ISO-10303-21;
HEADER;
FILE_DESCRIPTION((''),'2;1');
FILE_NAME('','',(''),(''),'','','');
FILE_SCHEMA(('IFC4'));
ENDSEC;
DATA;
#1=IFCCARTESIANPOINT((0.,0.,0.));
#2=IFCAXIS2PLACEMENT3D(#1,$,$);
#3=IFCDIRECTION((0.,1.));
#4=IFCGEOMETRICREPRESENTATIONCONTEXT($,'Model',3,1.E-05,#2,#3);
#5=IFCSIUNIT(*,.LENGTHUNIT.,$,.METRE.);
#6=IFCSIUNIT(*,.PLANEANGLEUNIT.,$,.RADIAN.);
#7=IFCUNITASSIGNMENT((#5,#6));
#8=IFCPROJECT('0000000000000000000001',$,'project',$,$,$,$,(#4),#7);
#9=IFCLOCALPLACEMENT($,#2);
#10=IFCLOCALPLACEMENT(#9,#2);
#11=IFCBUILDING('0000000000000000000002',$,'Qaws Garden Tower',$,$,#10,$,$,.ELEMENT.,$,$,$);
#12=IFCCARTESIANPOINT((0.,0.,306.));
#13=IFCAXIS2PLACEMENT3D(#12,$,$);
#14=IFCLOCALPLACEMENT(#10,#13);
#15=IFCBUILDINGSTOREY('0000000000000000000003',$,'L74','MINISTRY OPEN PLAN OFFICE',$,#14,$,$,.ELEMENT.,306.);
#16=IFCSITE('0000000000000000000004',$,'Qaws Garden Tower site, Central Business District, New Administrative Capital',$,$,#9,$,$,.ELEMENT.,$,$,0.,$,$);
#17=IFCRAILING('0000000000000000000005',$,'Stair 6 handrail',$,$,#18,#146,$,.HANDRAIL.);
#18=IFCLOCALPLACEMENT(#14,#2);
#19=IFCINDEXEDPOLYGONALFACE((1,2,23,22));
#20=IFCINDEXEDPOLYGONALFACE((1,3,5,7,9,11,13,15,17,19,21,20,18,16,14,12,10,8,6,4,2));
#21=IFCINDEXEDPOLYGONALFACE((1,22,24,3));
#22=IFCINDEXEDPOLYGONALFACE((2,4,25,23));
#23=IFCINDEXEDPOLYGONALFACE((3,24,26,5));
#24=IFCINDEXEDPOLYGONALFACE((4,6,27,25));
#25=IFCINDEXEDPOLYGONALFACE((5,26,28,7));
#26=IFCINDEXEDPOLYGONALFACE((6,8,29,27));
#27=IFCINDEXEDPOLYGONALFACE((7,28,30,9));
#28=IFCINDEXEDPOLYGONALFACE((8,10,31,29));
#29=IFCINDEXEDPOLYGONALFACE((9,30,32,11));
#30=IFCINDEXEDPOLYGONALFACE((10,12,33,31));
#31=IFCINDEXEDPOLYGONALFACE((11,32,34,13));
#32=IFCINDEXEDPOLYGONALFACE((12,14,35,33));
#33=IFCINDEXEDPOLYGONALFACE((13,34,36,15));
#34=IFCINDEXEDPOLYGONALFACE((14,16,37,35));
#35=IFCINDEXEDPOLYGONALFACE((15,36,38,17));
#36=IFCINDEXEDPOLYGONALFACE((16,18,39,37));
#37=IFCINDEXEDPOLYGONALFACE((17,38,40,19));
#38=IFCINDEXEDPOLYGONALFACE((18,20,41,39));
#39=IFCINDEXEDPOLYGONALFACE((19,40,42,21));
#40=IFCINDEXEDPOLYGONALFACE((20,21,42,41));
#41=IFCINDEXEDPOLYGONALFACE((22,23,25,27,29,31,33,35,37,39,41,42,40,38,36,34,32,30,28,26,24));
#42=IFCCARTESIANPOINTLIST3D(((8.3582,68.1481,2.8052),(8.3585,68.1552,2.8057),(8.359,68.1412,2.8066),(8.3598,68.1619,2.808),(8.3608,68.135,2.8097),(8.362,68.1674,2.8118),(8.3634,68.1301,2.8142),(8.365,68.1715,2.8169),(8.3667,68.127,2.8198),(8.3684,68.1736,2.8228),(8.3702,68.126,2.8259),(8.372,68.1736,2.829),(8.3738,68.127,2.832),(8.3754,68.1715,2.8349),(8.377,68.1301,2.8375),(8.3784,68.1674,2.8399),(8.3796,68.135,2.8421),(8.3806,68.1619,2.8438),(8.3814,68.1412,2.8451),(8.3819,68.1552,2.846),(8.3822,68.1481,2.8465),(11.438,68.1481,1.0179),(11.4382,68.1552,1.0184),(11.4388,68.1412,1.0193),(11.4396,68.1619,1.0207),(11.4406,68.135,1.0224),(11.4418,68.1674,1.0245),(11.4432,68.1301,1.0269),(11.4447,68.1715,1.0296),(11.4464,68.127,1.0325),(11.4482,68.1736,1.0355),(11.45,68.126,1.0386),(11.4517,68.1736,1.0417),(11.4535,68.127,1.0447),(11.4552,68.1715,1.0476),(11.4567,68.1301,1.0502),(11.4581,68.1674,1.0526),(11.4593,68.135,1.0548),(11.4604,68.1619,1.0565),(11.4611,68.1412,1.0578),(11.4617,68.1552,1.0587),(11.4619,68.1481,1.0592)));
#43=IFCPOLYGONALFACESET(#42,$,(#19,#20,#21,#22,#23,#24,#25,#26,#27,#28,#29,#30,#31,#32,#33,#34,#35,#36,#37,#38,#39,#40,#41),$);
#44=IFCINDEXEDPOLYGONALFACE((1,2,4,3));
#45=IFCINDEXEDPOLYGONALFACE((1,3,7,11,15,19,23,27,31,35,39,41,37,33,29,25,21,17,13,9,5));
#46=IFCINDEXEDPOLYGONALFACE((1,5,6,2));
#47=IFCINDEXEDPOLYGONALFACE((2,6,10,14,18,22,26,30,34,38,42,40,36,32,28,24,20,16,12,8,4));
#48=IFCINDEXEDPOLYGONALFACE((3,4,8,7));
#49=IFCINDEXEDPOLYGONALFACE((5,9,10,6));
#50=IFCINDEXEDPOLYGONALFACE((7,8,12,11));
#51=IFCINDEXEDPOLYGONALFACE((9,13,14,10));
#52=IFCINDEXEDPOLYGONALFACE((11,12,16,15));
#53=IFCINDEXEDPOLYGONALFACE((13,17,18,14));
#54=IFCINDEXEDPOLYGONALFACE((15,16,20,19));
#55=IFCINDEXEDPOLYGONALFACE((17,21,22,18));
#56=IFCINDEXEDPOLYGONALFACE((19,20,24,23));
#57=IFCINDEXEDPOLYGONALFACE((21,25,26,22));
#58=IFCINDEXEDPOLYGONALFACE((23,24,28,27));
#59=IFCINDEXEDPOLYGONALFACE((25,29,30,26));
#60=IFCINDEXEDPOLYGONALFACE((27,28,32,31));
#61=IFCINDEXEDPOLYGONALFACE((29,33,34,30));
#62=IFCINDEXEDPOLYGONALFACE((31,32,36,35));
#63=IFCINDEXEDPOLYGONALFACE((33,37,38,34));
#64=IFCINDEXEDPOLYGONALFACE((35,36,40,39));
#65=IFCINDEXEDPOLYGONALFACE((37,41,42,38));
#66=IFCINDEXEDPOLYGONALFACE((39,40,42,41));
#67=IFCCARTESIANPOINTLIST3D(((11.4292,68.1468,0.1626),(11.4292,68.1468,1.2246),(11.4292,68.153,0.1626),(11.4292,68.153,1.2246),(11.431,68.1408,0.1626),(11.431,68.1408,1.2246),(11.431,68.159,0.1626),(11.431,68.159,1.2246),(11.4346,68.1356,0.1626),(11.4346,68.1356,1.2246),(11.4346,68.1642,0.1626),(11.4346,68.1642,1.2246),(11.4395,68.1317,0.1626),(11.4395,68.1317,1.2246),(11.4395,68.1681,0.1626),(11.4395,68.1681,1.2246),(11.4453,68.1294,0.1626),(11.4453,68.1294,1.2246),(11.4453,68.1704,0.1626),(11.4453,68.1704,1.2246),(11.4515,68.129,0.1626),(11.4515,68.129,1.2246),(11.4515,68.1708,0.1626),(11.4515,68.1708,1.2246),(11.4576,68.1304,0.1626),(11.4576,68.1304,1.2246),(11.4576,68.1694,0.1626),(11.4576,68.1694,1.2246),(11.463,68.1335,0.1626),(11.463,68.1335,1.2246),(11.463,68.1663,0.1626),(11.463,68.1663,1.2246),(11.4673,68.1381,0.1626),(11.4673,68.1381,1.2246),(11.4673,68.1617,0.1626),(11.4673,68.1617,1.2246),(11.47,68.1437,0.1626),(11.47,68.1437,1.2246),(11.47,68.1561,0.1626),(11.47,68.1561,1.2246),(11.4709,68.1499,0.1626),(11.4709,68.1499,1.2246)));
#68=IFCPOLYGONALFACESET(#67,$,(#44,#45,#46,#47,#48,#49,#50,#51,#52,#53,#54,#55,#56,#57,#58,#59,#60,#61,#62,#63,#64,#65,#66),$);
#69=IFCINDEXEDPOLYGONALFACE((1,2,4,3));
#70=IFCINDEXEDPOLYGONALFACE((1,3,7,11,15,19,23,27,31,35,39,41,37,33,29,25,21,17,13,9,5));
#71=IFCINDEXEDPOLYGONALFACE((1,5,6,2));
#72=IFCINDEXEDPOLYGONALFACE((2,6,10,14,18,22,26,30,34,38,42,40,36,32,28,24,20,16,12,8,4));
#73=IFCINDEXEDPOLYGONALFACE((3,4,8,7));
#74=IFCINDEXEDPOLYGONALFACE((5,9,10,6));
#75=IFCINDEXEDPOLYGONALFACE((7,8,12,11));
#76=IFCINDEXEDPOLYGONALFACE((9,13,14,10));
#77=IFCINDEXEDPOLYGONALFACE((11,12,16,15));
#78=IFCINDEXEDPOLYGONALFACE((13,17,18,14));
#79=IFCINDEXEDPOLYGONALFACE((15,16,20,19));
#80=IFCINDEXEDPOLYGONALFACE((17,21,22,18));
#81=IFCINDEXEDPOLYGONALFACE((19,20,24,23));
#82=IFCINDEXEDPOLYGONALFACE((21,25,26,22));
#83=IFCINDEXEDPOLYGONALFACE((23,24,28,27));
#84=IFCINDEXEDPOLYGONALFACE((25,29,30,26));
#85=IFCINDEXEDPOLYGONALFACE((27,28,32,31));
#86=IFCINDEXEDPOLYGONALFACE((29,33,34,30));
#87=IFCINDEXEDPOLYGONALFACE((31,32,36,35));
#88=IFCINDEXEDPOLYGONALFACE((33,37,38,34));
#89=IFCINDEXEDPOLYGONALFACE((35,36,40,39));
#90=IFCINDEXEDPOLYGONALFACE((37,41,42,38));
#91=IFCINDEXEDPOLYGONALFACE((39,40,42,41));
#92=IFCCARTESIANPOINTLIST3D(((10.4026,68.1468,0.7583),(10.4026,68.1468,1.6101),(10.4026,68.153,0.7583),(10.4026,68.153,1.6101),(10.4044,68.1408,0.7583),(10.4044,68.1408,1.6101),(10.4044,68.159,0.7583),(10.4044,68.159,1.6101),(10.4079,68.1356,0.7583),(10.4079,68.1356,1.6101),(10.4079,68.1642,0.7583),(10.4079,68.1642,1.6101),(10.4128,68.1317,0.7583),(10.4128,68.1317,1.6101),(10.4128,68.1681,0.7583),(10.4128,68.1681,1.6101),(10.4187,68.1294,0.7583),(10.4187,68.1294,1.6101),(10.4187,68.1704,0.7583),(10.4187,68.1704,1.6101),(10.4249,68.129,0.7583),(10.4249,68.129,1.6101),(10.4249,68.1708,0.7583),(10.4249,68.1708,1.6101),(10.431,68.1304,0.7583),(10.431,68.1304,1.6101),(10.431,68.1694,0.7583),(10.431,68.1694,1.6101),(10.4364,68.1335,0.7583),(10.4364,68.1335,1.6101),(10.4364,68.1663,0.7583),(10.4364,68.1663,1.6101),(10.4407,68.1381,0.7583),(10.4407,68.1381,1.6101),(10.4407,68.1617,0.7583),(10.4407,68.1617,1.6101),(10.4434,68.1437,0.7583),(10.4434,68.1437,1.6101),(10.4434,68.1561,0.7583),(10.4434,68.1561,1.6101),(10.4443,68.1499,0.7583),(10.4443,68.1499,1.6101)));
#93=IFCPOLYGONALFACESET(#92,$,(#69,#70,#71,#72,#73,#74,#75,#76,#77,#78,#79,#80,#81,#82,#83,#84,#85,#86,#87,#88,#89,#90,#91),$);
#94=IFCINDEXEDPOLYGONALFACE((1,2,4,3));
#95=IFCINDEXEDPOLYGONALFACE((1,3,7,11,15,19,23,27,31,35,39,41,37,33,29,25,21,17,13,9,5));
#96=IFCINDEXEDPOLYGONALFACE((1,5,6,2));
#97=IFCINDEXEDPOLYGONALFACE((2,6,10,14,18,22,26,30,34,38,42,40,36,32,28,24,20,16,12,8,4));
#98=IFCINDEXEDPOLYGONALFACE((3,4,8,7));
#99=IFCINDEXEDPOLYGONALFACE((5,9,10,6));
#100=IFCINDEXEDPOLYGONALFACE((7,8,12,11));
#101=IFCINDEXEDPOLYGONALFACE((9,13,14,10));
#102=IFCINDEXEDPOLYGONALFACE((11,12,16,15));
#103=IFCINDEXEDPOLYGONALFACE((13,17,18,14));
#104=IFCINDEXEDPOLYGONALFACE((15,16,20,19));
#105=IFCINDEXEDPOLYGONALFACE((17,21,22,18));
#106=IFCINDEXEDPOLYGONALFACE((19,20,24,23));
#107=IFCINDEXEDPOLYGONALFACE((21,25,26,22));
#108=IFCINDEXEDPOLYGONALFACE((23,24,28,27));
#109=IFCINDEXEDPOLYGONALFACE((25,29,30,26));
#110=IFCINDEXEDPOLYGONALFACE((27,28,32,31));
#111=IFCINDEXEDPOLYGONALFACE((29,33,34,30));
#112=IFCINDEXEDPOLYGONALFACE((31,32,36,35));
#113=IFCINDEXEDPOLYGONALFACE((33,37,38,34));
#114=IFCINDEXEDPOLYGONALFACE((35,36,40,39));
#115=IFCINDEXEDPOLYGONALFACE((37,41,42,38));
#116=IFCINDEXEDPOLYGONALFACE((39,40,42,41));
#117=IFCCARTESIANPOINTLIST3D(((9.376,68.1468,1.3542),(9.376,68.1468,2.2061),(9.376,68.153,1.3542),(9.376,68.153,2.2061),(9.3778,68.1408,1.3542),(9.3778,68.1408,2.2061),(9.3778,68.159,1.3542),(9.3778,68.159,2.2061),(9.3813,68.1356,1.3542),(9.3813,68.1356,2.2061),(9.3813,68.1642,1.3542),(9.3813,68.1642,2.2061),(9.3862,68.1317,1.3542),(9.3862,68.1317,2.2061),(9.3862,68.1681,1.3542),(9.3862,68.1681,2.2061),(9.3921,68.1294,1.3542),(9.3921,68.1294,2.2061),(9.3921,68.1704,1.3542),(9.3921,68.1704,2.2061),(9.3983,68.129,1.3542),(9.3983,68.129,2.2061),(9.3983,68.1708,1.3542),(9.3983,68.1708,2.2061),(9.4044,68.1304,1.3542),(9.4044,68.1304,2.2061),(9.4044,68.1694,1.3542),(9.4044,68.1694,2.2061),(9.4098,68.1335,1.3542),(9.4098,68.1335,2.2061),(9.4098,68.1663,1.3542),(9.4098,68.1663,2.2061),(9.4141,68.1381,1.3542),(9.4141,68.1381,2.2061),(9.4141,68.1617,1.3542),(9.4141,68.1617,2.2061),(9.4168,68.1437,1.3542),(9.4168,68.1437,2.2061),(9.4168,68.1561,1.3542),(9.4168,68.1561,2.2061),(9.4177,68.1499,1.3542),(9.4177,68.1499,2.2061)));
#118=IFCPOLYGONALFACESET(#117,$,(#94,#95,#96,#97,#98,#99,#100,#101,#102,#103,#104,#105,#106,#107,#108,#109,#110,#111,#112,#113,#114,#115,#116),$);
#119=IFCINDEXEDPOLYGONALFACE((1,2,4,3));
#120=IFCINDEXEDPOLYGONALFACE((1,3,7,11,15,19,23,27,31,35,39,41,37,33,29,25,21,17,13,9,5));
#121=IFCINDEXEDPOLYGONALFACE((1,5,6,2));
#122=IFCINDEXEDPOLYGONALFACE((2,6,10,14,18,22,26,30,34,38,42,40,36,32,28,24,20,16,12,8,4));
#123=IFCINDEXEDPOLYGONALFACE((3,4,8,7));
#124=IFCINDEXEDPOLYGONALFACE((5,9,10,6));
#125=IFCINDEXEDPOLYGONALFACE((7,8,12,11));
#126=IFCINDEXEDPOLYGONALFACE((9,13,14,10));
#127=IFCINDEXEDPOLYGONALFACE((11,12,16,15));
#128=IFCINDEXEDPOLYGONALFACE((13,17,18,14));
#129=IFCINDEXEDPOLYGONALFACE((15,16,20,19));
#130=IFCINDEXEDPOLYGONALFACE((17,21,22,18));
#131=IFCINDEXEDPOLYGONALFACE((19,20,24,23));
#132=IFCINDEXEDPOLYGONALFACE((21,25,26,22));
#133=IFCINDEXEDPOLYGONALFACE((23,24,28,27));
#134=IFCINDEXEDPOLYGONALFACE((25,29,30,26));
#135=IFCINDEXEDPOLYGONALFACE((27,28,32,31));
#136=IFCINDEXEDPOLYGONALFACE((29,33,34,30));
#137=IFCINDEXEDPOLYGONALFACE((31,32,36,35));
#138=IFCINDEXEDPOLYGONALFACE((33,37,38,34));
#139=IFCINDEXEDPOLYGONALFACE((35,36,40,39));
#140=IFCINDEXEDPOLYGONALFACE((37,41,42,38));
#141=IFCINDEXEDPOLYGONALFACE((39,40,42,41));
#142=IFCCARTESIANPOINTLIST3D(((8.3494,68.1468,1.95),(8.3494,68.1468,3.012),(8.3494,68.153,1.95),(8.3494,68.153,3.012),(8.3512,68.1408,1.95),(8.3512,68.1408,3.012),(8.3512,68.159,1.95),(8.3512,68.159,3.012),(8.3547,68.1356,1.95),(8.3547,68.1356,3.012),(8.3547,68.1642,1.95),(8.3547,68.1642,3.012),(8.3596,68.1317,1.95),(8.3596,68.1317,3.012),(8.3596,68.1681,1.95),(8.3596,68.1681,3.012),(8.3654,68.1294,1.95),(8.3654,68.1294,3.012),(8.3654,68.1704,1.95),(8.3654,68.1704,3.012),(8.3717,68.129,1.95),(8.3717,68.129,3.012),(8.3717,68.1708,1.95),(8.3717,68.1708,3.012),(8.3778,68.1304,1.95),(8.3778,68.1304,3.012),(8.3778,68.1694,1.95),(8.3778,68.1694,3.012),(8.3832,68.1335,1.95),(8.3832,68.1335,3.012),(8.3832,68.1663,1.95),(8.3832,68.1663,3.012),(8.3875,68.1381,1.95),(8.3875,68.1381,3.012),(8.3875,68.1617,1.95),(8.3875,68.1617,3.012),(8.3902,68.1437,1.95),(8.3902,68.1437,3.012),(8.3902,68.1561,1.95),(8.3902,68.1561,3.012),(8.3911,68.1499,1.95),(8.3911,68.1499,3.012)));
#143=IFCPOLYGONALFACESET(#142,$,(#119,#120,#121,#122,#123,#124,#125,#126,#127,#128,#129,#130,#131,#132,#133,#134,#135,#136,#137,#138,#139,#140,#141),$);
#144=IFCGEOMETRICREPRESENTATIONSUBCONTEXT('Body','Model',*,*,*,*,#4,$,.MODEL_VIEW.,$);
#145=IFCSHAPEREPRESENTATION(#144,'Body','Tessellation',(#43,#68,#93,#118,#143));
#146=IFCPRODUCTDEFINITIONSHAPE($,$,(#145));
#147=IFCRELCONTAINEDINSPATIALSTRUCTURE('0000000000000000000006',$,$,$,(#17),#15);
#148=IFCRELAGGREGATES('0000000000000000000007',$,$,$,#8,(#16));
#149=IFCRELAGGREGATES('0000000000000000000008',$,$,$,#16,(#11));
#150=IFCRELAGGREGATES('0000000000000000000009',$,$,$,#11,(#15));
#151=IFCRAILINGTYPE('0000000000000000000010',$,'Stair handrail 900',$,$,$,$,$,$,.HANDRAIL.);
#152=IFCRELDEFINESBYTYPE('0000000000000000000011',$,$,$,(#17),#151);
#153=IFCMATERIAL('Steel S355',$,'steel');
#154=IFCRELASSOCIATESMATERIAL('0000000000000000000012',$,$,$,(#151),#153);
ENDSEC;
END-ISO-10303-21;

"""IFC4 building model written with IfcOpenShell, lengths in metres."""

from ifc_helpers import new_model, si_unit, direction, frame, origin, origin_2d, place, context, subcontext, project, spatial, circle, extrude, material, type_object, element, save


model = new_model("IFC4")

# Units and contexts
model_context = context("Model", 3, precision=1e-05, world=origin(), true_north=direction((0.0, 1.0)))
body_context = subcontext(model_context, "Body", "Model", "MODEL_VIEW")
ifc_project = project(units=[si_unit("LENGTHUNIT", "METRE"), si_unit("PLANEANGLEUNIT", "RADIAN")], contexts=[model_context])

# Site, building, storey
site_placement = place(None, origin())
site = spatial("IfcSite", under=ifc_project, at=site_placement, Name="Qaws Garden Tower site, Central Business District, New Administrative Capital", CompositionType="ELEMENT", RefElevation=0.0)
building_placement = place(site_placement, origin())
building = spatial("IfcBuilding", under=site, at=building_placement, Name="Qaws Garden Tower", CompositionType="ELEMENT")
storey_placement = place(building_placement, frame((0.0, 0.0, 306.0)))
storey = spatial("IfcBuildingStorey", under=building, at=storey_placement, Name="L74", Description="MINISTRY OPEN PLAN OFFICE", CompositionType="ELEMENT", Elevation=306.0)

# Railing
ifc_material_1 = material(Name="Steel S355", Category="steel")
railing_type = type_object("IfcRailingType", Name="Stair handrail 900", PredefinedType="HANDRAIL", material=ifc_material_1)
railing_1_placement = place(storey_placement, frame((11.45, 68.1499, 0.1626)))
element("IfcRailing", 1, at=railing_1_placement, inside=storey, type_object=railing_type, Name="Stair 6 handrail", PredefinedType="HANDRAIL", context=body_context, shape_type="SweptSolid", body=[
    extrude(circle(Radius=0.0239, at=origin_2d()), frame((0.0, 0.0, 0.876), z_axis=(-0.864903, 0.0, 0.501939), x_axis=(0.0, -1.0, 0.0)), (0.0, 0.0, 1.0), 3.5608),
    extrude(circle(Radius=0.021, at=origin_2d()), origin(), (0.0, 0.0, 1.0), 1.062),
    extrude(circle(Radius=0.021, at=origin_2d()), frame((-1.0266, 0.0, 0.5957)), (0.0, 0.0, 1.0), 0.8518),
    extrude(circle(Radius=0.021, at=origin_2d()), frame((-2.0532, 0.0, 1.1917)), (0.0, 0.0, 1.0), 0.8518),
    extrude(circle(Radius=0.021, at=origin_2d()), frame((-3.0798, 0.0, 1.7874)), (0.0, 0.0, 1.0), 1.062),
])

save(model, "model.ifc")
